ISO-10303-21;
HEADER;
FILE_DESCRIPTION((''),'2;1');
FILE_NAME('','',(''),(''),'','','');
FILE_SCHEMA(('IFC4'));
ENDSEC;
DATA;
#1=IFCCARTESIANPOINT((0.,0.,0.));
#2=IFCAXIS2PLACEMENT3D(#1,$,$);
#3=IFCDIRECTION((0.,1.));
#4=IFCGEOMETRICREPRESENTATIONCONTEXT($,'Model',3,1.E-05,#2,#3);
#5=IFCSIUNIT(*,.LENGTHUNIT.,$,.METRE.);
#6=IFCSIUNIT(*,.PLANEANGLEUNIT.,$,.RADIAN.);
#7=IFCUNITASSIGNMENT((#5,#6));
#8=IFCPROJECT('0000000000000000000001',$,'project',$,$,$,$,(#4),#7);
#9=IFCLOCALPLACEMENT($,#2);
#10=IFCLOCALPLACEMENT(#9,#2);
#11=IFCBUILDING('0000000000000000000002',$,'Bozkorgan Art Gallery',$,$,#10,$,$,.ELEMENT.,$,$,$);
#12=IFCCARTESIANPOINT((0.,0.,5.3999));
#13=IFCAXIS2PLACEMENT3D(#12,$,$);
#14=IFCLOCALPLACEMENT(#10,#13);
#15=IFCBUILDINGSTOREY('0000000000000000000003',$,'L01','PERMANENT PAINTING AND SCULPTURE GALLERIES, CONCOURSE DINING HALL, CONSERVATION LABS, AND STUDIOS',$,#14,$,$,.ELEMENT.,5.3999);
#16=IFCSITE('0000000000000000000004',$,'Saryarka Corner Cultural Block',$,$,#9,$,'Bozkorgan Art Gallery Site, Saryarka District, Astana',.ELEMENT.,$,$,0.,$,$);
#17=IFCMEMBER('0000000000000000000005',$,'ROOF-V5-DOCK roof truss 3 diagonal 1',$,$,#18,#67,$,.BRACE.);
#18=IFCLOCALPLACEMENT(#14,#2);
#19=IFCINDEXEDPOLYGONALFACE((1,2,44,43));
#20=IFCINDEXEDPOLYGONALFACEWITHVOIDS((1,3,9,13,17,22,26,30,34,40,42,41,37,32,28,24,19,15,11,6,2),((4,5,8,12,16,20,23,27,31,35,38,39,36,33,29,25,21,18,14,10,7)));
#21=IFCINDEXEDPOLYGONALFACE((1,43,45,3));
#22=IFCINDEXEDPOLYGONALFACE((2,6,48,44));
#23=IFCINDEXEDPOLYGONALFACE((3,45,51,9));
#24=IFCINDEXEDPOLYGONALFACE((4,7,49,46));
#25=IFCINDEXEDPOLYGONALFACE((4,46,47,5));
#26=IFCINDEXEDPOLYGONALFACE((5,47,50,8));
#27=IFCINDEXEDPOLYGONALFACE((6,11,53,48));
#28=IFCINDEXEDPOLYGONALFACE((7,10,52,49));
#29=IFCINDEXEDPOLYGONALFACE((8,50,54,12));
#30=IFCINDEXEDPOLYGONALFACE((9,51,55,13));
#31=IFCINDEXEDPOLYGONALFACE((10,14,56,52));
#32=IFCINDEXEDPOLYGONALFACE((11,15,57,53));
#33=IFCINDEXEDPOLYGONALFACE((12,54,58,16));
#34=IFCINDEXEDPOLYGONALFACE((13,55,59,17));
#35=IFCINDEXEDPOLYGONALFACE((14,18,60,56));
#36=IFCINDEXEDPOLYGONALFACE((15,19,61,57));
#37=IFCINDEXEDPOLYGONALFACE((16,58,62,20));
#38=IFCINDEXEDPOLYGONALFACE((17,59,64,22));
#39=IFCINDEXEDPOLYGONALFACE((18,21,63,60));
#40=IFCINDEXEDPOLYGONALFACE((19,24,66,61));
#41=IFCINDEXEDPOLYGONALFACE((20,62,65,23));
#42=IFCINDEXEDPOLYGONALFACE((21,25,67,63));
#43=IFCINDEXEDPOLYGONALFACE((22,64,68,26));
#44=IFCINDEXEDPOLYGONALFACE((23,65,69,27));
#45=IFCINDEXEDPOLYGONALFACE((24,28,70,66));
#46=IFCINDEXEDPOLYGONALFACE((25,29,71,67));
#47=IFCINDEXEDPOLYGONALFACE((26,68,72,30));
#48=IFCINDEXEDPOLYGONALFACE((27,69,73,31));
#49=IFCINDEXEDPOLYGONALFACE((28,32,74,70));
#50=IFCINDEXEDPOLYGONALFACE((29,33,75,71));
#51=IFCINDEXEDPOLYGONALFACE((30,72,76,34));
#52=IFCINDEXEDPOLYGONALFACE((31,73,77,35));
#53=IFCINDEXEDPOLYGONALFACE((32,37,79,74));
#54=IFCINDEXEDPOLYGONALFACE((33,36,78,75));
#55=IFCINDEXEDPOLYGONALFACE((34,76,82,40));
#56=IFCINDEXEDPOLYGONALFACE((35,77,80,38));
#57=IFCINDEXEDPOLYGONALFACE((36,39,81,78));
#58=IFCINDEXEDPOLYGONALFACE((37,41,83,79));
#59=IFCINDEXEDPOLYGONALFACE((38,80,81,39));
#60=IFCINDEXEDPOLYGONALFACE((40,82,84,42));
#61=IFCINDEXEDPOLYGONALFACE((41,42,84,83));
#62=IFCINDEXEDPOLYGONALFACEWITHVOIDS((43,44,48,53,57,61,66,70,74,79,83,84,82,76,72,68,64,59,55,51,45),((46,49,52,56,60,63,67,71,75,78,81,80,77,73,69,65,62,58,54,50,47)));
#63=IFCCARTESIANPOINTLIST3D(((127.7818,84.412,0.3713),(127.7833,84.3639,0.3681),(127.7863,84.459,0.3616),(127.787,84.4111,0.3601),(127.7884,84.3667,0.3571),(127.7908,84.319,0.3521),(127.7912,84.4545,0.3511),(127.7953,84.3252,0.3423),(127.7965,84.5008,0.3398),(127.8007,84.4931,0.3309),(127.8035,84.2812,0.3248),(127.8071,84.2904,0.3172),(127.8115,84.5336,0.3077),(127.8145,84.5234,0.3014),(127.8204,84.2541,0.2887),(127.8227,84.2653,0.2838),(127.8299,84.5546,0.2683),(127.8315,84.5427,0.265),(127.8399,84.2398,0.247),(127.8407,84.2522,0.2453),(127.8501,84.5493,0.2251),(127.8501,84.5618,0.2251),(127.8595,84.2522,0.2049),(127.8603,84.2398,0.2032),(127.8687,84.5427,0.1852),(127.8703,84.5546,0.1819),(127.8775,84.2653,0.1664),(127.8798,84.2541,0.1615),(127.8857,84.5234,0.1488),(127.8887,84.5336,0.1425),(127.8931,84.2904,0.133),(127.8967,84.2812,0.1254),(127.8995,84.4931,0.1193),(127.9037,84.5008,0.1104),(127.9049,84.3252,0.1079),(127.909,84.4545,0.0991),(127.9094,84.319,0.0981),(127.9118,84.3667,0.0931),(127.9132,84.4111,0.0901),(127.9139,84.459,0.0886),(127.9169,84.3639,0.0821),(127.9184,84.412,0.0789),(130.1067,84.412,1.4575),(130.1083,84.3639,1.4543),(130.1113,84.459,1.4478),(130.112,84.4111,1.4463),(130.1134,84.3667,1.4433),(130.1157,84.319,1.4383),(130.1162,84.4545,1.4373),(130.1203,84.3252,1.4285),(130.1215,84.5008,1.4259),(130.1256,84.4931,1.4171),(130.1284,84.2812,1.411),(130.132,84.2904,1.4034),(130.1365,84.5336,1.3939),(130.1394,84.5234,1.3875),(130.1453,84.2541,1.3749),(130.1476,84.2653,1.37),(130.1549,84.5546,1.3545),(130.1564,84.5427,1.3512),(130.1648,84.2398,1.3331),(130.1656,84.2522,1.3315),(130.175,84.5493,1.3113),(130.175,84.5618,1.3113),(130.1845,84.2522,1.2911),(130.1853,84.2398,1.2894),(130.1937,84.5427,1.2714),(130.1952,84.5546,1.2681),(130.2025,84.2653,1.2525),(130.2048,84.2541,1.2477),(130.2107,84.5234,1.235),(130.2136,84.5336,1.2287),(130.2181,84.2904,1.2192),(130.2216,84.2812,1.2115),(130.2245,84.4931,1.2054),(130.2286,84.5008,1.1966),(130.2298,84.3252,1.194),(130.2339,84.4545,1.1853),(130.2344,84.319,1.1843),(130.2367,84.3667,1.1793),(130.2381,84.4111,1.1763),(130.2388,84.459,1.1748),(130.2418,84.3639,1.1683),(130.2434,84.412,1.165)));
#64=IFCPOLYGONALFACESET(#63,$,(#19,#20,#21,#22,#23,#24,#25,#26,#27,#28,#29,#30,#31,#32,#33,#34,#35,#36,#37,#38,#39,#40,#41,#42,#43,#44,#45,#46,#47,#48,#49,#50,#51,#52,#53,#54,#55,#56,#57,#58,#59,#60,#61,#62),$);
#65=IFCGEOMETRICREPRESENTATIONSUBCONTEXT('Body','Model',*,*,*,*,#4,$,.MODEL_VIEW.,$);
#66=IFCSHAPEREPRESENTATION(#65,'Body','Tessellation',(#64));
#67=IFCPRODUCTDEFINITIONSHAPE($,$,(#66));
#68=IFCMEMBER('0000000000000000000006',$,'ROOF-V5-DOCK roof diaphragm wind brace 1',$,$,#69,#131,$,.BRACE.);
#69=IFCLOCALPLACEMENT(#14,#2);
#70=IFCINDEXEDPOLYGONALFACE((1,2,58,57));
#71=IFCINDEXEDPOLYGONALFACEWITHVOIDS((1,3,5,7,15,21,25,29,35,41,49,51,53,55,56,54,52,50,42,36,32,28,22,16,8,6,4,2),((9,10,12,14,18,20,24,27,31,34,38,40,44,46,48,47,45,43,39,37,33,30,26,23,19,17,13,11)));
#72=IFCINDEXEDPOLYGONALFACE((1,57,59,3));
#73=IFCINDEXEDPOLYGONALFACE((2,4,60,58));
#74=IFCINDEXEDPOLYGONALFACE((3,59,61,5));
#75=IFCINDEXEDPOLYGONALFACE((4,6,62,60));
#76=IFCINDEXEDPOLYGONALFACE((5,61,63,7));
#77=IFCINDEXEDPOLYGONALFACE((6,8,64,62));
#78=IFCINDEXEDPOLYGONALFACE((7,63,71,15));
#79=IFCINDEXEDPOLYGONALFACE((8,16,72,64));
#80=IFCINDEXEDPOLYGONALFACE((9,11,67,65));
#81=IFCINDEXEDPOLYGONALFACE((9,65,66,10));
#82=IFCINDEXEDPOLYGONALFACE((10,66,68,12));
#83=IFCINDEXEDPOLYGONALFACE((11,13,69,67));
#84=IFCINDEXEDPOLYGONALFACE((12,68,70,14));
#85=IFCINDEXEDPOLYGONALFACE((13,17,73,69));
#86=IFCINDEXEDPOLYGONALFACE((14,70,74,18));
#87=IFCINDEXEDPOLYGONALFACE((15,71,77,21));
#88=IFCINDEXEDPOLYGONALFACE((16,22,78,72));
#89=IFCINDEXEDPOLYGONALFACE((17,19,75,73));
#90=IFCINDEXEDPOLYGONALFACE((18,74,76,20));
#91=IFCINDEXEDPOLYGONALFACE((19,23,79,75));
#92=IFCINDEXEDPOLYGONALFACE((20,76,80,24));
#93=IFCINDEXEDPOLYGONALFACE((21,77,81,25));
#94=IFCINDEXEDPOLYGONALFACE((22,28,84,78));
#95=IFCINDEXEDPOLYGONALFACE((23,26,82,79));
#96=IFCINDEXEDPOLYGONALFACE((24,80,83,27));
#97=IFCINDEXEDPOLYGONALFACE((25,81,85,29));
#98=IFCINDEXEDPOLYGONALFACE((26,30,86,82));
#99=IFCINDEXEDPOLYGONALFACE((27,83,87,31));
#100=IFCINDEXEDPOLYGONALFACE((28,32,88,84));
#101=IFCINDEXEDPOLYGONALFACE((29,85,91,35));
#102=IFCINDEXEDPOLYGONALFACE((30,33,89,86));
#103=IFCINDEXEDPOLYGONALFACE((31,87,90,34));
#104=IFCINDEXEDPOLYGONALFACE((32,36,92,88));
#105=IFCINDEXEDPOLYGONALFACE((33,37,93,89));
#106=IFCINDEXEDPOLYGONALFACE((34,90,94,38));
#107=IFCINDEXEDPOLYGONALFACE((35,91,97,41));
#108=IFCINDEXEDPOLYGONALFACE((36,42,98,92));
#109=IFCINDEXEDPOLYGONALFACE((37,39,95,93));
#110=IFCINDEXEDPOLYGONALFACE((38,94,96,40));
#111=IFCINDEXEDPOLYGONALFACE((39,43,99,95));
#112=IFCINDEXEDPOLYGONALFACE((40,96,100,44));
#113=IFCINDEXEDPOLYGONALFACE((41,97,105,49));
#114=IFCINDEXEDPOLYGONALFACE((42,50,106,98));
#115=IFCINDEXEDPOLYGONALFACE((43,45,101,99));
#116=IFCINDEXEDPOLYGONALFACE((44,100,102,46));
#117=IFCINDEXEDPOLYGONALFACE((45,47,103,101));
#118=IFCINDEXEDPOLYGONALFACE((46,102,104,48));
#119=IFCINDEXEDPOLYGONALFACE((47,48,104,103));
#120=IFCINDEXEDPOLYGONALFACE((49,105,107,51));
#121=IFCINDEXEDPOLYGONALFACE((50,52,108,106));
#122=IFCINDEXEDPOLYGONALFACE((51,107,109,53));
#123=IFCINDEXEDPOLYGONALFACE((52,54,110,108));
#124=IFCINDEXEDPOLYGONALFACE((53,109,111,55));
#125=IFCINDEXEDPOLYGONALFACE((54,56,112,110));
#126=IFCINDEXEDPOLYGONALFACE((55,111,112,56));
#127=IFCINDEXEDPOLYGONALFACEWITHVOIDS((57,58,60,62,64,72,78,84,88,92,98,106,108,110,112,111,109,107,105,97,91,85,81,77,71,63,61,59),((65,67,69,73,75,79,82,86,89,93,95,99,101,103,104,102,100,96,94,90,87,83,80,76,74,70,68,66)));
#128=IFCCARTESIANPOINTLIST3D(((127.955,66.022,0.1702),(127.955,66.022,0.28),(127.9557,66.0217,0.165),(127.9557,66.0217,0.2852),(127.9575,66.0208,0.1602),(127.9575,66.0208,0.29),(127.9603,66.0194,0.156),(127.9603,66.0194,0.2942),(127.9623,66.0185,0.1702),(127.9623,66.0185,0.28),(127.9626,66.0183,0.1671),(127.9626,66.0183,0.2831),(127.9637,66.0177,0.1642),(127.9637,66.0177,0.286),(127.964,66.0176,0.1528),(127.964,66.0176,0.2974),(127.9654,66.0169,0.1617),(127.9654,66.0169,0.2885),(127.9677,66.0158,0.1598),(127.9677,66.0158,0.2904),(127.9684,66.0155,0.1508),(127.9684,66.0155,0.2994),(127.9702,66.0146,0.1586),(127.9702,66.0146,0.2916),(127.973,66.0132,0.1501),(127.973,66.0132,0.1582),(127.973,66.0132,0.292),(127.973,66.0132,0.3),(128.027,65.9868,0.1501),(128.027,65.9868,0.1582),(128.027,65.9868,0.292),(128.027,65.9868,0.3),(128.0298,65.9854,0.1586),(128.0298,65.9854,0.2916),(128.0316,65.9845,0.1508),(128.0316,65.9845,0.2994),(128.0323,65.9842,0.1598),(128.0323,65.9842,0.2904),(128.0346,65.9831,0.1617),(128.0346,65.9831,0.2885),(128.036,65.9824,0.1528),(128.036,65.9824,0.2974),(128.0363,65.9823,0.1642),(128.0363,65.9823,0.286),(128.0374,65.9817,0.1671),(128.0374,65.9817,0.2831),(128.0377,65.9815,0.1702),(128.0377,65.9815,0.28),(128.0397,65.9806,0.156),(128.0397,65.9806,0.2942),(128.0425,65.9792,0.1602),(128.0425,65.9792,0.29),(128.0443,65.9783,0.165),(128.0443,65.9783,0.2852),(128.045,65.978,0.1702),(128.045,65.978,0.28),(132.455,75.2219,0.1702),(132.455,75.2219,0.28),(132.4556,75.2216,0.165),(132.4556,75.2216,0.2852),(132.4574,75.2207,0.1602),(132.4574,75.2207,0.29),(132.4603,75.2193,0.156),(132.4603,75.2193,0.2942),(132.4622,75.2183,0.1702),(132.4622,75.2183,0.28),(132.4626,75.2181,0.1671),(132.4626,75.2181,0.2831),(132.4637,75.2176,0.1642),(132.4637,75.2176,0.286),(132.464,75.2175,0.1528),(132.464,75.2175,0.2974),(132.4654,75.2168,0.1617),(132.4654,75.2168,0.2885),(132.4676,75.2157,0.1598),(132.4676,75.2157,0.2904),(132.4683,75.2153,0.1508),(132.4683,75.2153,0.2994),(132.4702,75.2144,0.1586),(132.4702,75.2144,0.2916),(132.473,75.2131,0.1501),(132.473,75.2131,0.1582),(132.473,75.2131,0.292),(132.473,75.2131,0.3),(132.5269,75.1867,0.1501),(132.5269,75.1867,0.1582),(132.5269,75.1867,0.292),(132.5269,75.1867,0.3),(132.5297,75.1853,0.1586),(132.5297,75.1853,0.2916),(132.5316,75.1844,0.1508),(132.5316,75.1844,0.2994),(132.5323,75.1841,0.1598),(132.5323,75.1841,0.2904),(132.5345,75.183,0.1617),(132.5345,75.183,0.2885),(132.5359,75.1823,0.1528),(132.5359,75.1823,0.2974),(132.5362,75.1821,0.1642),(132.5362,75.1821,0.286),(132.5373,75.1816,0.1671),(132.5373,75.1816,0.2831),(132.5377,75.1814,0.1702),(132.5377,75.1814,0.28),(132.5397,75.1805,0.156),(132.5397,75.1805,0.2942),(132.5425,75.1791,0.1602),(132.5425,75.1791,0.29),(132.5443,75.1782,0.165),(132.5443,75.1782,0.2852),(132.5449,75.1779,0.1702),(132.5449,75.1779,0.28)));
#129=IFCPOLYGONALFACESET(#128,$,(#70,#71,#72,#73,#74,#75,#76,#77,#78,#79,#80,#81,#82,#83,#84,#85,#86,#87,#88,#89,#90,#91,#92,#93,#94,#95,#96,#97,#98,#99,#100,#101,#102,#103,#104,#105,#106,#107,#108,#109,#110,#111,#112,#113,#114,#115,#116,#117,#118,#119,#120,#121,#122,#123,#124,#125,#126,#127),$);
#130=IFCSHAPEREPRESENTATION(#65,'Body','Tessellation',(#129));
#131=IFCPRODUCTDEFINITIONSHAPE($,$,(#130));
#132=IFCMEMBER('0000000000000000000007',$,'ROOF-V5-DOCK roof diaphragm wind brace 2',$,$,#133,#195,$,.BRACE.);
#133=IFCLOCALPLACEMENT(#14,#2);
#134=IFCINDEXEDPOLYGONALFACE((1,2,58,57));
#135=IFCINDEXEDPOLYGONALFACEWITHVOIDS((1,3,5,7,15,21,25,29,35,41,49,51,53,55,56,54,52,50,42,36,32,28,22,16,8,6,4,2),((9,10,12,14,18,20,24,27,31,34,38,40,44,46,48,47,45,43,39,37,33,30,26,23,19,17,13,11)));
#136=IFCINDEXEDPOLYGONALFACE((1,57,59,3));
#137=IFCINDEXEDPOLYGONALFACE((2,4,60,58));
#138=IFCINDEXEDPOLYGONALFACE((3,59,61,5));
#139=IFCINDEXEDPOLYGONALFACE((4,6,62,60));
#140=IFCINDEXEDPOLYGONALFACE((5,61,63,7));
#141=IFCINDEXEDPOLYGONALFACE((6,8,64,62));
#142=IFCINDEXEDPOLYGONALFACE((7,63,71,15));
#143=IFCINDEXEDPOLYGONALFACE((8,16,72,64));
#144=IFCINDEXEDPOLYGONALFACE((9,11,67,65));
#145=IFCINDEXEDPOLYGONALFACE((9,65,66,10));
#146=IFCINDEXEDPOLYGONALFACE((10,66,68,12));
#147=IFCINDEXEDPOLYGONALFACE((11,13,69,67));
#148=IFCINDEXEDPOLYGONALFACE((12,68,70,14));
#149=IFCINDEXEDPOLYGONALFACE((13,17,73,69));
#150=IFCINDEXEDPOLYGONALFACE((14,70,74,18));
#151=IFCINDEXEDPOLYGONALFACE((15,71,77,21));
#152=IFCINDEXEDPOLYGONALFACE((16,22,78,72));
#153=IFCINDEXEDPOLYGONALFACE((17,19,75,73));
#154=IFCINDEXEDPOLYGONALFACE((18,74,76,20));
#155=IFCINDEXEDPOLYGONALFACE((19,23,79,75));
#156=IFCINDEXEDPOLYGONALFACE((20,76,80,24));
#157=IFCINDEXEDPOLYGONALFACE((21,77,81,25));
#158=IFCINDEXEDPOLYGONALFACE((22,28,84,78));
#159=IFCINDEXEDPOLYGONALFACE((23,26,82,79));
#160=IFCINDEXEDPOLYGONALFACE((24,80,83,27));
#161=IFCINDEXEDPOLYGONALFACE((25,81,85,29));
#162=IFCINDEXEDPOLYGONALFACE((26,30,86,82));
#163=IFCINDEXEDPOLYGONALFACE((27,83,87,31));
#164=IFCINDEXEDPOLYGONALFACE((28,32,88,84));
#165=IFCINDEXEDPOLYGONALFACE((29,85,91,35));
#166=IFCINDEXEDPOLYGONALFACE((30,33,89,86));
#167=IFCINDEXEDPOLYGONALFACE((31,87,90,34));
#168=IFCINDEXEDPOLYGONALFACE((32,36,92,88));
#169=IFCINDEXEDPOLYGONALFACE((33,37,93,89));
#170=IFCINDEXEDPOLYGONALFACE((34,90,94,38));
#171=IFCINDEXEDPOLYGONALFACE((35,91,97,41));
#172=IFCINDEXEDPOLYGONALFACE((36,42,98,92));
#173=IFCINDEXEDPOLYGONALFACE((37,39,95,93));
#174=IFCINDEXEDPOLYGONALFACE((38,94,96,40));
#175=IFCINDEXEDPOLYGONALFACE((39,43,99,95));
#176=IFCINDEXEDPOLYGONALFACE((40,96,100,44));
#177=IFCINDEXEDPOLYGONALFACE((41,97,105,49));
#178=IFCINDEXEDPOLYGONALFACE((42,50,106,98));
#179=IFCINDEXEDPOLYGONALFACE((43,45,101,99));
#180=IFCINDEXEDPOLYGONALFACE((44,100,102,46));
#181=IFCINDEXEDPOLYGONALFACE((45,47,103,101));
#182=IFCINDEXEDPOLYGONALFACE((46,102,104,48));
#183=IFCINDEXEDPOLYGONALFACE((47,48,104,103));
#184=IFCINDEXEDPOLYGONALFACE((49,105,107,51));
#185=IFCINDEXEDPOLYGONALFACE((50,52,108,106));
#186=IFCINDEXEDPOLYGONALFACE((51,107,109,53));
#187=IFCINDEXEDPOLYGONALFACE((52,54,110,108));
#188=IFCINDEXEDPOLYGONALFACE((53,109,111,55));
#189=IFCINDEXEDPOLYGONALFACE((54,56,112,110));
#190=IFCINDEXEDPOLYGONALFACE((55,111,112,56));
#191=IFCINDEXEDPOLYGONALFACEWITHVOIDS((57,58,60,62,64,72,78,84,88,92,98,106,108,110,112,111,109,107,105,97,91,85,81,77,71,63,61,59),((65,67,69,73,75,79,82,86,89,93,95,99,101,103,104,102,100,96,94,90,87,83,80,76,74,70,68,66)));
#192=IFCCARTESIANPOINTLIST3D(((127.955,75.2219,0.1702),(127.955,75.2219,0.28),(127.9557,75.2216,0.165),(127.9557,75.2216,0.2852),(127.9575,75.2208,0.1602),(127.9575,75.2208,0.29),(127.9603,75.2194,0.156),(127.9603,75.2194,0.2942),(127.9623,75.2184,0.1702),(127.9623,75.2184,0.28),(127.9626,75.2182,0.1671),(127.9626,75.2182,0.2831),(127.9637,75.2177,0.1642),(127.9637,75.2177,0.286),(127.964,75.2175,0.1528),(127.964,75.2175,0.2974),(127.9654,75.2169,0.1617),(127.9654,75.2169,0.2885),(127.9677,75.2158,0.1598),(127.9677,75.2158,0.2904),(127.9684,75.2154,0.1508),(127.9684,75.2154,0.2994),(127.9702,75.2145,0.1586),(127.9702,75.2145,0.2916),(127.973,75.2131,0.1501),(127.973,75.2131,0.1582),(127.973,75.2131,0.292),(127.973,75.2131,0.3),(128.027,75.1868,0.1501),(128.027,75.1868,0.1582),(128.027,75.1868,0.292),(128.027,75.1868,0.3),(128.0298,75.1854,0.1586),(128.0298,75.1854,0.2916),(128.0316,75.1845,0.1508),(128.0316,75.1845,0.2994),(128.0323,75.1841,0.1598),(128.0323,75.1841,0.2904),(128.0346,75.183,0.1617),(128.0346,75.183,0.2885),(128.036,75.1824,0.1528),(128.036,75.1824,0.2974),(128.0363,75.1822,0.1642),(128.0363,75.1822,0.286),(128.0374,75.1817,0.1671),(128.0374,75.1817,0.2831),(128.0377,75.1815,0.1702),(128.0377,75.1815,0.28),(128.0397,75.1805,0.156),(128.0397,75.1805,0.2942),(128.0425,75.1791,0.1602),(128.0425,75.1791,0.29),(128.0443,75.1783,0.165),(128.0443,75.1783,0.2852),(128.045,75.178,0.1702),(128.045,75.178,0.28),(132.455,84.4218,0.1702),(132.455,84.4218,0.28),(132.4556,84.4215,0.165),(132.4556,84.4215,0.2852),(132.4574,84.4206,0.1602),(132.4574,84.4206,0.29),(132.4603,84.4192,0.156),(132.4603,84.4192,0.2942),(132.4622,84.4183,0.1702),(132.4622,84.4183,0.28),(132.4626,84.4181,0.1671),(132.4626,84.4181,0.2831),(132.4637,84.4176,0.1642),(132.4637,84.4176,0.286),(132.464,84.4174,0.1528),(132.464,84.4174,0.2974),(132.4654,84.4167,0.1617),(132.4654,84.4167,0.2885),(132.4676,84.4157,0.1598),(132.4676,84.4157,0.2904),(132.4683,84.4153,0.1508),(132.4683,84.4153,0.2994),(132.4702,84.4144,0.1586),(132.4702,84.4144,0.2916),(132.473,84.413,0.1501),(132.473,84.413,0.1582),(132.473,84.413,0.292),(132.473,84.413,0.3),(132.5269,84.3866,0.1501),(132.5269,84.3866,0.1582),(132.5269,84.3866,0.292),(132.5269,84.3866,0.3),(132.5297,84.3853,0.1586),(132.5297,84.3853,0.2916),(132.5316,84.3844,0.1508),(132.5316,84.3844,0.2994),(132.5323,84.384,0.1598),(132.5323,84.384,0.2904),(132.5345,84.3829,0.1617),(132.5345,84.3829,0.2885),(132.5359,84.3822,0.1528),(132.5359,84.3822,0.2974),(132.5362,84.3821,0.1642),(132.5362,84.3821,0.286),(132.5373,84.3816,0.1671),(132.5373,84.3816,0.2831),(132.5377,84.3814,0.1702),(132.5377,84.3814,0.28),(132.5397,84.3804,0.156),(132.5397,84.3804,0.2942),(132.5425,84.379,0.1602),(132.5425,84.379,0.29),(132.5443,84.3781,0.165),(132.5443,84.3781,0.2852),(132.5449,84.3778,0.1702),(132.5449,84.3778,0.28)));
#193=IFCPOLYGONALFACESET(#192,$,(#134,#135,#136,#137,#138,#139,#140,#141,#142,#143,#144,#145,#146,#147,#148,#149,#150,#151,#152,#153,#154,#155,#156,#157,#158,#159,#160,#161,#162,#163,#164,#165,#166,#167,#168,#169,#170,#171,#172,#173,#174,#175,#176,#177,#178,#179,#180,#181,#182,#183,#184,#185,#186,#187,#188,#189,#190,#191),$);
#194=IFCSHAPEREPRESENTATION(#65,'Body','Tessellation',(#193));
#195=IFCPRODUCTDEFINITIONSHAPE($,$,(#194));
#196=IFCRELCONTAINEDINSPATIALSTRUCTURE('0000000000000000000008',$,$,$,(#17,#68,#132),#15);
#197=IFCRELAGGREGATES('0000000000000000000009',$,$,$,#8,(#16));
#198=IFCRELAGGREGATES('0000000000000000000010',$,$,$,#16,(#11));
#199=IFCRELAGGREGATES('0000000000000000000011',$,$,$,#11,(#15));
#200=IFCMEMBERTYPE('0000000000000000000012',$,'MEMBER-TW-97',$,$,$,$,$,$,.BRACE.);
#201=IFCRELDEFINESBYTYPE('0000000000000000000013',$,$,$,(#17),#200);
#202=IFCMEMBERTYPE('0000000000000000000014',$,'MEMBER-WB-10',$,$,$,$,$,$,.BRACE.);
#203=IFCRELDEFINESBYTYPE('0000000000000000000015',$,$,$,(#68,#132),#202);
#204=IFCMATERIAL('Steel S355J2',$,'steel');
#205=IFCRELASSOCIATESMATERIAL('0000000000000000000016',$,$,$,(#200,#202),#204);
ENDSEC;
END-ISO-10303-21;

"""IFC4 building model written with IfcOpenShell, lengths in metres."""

from ifc_helpers import new_model, si_unit, direction, frame, origin, origin_2d, place, context, subcontext, project, spatial, hollow_rectangle, hollow_circle, extrude, material, material_profile, profile_set, type_object, element, save


model = new_model("IFC4")

# Units and contexts
model_context = context("Model", 3, precision=1e-05, world=origin(), true_north=direction((0.0, 1.0)))
body_context = subcontext(model_context, "Body", "Model", "MODEL_VIEW")
ifc_project = project(units=[si_unit("LENGTHUNIT", "METRE"), si_unit("PLANEANGLEUNIT", "RADIAN")], contexts=[model_context])

# Site, building, storey
site_placement = place(None, origin())
site = spatial("IfcSite", under=ifc_project, at=site_placement, Name="Saryarka Corner Cultural Block", LongName="Bozkorgan Art Gallery Site, Saryarka District, Astana", CompositionType="ELEMENT", RefElevation=0.0)
building_placement = place(site_placement, origin())
building = spatial("IfcBuilding", under=site, at=building_placement, Name="Bozkorgan Art Gallery", CompositionType="ELEMENT")
storey_placement = place(building_placement, frame((0.0, 0.0, 5.3999)))
storey = spatial("IfcBuildingStorey", under=building, at=storey_placement, Name="L01", Description="PERMANENT PAINTING AND SCULPTURE GALLERIES, CONCOURSE DINING HALL, CONSERVATION LABS, AND STUDIOS", CompositionType="ELEMENT", Elevation=5.3999)

# Shared definitions
ifc_material_1 = material(Name="Steel S355J2", Category="steel")

# Members
ifc_material_profile_1 = material_profile(ifc_material_1, hollow_circle(Radius=0.1619, WallThickness=0.0125, at=origin_2d()), Name="CHS 323.9x12.5")
ifc_profile_set_1 = profile_set([ifc_material_profile_1], Name="Steel S355J2")
member_type_1 = type_object("IfcMemberType", Name="MEMBER-TW-97", PredefinedType="BRACE", material=ifc_profile_set_1)
member_1_placement = place(storey_placement, frame((127.8501, 84.3999, 0.2251), z_axis=(0.906003, 0.0, 0.423271), x_axis=(0.0, 1.0, 0.0)))
element("IfcMember", 1, at=member_1_placement, inside=storey, type_object=member_type_1, Name="ROOF-V5-DOCK roof truss 3 diagonal 1", PredefinedType="BRACE", context=body_context, shape_type="SweptSolid", body=[
    extrude(hollow_circle(Radius=0.1619, WallThickness=0.0125, at=origin_2d()), origin(), (0.0, 0.0, 1.0), 2.5662),
])
ifc_material_profile_2 = material_profile(ifc_material_1, hollow_rectangle(XDim=0.1001, YDim=0.1499, WallThickness=0.0081, InnerFilletRadius=0.012, OuterFilletRadius=0.02, at=origin_2d()), Name="RHS 150x100x8")
ifc_profile_set_2 = profile_set([ifc_material_profile_2], Name="Steel S355J2")
member_type_2 = type_object("IfcMemberType", Name="MEMBER-WB-10", PredefinedType="BRACE", material=ifc_profile_set_2)
for number, where, z_axis, x_axis, name in (
    (2, (128.0, 66.0, 0.2251), (0.439387, 0.898298, 0.0), (-0.898298, 0.439387, 0.0), "ROOF-V5-DOCK roof diaphragm wind brace 1"),
    (3, (128.0, 75.2, 0.2251), (0.439387, 0.898298, 0.0), (-0.898298, 0.439387, 0.0), "ROOF-V5-DOCK roof diaphragm wind brace 2"),
):
    element("IfcMember", number, at=place(storey_placement, frame(where, z_axis=z_axis, x_axis=x_axis)), inside=storey, type_object=member_type_2, Name=name, PredefinedType="BRACE", context=body_context, shape_type="SweptSolid", body=[
        extrude(hollow_rectangle(XDim=0.1001, YDim=0.1499, WallThickness=0.0081, InnerFilletRadius=0.012, OuterFilletRadius=0.02, at=origin_2d()), origin(), (0.0, 0.0, 1.0), 10.2415),
    ])

save(model, "model.ifc")
